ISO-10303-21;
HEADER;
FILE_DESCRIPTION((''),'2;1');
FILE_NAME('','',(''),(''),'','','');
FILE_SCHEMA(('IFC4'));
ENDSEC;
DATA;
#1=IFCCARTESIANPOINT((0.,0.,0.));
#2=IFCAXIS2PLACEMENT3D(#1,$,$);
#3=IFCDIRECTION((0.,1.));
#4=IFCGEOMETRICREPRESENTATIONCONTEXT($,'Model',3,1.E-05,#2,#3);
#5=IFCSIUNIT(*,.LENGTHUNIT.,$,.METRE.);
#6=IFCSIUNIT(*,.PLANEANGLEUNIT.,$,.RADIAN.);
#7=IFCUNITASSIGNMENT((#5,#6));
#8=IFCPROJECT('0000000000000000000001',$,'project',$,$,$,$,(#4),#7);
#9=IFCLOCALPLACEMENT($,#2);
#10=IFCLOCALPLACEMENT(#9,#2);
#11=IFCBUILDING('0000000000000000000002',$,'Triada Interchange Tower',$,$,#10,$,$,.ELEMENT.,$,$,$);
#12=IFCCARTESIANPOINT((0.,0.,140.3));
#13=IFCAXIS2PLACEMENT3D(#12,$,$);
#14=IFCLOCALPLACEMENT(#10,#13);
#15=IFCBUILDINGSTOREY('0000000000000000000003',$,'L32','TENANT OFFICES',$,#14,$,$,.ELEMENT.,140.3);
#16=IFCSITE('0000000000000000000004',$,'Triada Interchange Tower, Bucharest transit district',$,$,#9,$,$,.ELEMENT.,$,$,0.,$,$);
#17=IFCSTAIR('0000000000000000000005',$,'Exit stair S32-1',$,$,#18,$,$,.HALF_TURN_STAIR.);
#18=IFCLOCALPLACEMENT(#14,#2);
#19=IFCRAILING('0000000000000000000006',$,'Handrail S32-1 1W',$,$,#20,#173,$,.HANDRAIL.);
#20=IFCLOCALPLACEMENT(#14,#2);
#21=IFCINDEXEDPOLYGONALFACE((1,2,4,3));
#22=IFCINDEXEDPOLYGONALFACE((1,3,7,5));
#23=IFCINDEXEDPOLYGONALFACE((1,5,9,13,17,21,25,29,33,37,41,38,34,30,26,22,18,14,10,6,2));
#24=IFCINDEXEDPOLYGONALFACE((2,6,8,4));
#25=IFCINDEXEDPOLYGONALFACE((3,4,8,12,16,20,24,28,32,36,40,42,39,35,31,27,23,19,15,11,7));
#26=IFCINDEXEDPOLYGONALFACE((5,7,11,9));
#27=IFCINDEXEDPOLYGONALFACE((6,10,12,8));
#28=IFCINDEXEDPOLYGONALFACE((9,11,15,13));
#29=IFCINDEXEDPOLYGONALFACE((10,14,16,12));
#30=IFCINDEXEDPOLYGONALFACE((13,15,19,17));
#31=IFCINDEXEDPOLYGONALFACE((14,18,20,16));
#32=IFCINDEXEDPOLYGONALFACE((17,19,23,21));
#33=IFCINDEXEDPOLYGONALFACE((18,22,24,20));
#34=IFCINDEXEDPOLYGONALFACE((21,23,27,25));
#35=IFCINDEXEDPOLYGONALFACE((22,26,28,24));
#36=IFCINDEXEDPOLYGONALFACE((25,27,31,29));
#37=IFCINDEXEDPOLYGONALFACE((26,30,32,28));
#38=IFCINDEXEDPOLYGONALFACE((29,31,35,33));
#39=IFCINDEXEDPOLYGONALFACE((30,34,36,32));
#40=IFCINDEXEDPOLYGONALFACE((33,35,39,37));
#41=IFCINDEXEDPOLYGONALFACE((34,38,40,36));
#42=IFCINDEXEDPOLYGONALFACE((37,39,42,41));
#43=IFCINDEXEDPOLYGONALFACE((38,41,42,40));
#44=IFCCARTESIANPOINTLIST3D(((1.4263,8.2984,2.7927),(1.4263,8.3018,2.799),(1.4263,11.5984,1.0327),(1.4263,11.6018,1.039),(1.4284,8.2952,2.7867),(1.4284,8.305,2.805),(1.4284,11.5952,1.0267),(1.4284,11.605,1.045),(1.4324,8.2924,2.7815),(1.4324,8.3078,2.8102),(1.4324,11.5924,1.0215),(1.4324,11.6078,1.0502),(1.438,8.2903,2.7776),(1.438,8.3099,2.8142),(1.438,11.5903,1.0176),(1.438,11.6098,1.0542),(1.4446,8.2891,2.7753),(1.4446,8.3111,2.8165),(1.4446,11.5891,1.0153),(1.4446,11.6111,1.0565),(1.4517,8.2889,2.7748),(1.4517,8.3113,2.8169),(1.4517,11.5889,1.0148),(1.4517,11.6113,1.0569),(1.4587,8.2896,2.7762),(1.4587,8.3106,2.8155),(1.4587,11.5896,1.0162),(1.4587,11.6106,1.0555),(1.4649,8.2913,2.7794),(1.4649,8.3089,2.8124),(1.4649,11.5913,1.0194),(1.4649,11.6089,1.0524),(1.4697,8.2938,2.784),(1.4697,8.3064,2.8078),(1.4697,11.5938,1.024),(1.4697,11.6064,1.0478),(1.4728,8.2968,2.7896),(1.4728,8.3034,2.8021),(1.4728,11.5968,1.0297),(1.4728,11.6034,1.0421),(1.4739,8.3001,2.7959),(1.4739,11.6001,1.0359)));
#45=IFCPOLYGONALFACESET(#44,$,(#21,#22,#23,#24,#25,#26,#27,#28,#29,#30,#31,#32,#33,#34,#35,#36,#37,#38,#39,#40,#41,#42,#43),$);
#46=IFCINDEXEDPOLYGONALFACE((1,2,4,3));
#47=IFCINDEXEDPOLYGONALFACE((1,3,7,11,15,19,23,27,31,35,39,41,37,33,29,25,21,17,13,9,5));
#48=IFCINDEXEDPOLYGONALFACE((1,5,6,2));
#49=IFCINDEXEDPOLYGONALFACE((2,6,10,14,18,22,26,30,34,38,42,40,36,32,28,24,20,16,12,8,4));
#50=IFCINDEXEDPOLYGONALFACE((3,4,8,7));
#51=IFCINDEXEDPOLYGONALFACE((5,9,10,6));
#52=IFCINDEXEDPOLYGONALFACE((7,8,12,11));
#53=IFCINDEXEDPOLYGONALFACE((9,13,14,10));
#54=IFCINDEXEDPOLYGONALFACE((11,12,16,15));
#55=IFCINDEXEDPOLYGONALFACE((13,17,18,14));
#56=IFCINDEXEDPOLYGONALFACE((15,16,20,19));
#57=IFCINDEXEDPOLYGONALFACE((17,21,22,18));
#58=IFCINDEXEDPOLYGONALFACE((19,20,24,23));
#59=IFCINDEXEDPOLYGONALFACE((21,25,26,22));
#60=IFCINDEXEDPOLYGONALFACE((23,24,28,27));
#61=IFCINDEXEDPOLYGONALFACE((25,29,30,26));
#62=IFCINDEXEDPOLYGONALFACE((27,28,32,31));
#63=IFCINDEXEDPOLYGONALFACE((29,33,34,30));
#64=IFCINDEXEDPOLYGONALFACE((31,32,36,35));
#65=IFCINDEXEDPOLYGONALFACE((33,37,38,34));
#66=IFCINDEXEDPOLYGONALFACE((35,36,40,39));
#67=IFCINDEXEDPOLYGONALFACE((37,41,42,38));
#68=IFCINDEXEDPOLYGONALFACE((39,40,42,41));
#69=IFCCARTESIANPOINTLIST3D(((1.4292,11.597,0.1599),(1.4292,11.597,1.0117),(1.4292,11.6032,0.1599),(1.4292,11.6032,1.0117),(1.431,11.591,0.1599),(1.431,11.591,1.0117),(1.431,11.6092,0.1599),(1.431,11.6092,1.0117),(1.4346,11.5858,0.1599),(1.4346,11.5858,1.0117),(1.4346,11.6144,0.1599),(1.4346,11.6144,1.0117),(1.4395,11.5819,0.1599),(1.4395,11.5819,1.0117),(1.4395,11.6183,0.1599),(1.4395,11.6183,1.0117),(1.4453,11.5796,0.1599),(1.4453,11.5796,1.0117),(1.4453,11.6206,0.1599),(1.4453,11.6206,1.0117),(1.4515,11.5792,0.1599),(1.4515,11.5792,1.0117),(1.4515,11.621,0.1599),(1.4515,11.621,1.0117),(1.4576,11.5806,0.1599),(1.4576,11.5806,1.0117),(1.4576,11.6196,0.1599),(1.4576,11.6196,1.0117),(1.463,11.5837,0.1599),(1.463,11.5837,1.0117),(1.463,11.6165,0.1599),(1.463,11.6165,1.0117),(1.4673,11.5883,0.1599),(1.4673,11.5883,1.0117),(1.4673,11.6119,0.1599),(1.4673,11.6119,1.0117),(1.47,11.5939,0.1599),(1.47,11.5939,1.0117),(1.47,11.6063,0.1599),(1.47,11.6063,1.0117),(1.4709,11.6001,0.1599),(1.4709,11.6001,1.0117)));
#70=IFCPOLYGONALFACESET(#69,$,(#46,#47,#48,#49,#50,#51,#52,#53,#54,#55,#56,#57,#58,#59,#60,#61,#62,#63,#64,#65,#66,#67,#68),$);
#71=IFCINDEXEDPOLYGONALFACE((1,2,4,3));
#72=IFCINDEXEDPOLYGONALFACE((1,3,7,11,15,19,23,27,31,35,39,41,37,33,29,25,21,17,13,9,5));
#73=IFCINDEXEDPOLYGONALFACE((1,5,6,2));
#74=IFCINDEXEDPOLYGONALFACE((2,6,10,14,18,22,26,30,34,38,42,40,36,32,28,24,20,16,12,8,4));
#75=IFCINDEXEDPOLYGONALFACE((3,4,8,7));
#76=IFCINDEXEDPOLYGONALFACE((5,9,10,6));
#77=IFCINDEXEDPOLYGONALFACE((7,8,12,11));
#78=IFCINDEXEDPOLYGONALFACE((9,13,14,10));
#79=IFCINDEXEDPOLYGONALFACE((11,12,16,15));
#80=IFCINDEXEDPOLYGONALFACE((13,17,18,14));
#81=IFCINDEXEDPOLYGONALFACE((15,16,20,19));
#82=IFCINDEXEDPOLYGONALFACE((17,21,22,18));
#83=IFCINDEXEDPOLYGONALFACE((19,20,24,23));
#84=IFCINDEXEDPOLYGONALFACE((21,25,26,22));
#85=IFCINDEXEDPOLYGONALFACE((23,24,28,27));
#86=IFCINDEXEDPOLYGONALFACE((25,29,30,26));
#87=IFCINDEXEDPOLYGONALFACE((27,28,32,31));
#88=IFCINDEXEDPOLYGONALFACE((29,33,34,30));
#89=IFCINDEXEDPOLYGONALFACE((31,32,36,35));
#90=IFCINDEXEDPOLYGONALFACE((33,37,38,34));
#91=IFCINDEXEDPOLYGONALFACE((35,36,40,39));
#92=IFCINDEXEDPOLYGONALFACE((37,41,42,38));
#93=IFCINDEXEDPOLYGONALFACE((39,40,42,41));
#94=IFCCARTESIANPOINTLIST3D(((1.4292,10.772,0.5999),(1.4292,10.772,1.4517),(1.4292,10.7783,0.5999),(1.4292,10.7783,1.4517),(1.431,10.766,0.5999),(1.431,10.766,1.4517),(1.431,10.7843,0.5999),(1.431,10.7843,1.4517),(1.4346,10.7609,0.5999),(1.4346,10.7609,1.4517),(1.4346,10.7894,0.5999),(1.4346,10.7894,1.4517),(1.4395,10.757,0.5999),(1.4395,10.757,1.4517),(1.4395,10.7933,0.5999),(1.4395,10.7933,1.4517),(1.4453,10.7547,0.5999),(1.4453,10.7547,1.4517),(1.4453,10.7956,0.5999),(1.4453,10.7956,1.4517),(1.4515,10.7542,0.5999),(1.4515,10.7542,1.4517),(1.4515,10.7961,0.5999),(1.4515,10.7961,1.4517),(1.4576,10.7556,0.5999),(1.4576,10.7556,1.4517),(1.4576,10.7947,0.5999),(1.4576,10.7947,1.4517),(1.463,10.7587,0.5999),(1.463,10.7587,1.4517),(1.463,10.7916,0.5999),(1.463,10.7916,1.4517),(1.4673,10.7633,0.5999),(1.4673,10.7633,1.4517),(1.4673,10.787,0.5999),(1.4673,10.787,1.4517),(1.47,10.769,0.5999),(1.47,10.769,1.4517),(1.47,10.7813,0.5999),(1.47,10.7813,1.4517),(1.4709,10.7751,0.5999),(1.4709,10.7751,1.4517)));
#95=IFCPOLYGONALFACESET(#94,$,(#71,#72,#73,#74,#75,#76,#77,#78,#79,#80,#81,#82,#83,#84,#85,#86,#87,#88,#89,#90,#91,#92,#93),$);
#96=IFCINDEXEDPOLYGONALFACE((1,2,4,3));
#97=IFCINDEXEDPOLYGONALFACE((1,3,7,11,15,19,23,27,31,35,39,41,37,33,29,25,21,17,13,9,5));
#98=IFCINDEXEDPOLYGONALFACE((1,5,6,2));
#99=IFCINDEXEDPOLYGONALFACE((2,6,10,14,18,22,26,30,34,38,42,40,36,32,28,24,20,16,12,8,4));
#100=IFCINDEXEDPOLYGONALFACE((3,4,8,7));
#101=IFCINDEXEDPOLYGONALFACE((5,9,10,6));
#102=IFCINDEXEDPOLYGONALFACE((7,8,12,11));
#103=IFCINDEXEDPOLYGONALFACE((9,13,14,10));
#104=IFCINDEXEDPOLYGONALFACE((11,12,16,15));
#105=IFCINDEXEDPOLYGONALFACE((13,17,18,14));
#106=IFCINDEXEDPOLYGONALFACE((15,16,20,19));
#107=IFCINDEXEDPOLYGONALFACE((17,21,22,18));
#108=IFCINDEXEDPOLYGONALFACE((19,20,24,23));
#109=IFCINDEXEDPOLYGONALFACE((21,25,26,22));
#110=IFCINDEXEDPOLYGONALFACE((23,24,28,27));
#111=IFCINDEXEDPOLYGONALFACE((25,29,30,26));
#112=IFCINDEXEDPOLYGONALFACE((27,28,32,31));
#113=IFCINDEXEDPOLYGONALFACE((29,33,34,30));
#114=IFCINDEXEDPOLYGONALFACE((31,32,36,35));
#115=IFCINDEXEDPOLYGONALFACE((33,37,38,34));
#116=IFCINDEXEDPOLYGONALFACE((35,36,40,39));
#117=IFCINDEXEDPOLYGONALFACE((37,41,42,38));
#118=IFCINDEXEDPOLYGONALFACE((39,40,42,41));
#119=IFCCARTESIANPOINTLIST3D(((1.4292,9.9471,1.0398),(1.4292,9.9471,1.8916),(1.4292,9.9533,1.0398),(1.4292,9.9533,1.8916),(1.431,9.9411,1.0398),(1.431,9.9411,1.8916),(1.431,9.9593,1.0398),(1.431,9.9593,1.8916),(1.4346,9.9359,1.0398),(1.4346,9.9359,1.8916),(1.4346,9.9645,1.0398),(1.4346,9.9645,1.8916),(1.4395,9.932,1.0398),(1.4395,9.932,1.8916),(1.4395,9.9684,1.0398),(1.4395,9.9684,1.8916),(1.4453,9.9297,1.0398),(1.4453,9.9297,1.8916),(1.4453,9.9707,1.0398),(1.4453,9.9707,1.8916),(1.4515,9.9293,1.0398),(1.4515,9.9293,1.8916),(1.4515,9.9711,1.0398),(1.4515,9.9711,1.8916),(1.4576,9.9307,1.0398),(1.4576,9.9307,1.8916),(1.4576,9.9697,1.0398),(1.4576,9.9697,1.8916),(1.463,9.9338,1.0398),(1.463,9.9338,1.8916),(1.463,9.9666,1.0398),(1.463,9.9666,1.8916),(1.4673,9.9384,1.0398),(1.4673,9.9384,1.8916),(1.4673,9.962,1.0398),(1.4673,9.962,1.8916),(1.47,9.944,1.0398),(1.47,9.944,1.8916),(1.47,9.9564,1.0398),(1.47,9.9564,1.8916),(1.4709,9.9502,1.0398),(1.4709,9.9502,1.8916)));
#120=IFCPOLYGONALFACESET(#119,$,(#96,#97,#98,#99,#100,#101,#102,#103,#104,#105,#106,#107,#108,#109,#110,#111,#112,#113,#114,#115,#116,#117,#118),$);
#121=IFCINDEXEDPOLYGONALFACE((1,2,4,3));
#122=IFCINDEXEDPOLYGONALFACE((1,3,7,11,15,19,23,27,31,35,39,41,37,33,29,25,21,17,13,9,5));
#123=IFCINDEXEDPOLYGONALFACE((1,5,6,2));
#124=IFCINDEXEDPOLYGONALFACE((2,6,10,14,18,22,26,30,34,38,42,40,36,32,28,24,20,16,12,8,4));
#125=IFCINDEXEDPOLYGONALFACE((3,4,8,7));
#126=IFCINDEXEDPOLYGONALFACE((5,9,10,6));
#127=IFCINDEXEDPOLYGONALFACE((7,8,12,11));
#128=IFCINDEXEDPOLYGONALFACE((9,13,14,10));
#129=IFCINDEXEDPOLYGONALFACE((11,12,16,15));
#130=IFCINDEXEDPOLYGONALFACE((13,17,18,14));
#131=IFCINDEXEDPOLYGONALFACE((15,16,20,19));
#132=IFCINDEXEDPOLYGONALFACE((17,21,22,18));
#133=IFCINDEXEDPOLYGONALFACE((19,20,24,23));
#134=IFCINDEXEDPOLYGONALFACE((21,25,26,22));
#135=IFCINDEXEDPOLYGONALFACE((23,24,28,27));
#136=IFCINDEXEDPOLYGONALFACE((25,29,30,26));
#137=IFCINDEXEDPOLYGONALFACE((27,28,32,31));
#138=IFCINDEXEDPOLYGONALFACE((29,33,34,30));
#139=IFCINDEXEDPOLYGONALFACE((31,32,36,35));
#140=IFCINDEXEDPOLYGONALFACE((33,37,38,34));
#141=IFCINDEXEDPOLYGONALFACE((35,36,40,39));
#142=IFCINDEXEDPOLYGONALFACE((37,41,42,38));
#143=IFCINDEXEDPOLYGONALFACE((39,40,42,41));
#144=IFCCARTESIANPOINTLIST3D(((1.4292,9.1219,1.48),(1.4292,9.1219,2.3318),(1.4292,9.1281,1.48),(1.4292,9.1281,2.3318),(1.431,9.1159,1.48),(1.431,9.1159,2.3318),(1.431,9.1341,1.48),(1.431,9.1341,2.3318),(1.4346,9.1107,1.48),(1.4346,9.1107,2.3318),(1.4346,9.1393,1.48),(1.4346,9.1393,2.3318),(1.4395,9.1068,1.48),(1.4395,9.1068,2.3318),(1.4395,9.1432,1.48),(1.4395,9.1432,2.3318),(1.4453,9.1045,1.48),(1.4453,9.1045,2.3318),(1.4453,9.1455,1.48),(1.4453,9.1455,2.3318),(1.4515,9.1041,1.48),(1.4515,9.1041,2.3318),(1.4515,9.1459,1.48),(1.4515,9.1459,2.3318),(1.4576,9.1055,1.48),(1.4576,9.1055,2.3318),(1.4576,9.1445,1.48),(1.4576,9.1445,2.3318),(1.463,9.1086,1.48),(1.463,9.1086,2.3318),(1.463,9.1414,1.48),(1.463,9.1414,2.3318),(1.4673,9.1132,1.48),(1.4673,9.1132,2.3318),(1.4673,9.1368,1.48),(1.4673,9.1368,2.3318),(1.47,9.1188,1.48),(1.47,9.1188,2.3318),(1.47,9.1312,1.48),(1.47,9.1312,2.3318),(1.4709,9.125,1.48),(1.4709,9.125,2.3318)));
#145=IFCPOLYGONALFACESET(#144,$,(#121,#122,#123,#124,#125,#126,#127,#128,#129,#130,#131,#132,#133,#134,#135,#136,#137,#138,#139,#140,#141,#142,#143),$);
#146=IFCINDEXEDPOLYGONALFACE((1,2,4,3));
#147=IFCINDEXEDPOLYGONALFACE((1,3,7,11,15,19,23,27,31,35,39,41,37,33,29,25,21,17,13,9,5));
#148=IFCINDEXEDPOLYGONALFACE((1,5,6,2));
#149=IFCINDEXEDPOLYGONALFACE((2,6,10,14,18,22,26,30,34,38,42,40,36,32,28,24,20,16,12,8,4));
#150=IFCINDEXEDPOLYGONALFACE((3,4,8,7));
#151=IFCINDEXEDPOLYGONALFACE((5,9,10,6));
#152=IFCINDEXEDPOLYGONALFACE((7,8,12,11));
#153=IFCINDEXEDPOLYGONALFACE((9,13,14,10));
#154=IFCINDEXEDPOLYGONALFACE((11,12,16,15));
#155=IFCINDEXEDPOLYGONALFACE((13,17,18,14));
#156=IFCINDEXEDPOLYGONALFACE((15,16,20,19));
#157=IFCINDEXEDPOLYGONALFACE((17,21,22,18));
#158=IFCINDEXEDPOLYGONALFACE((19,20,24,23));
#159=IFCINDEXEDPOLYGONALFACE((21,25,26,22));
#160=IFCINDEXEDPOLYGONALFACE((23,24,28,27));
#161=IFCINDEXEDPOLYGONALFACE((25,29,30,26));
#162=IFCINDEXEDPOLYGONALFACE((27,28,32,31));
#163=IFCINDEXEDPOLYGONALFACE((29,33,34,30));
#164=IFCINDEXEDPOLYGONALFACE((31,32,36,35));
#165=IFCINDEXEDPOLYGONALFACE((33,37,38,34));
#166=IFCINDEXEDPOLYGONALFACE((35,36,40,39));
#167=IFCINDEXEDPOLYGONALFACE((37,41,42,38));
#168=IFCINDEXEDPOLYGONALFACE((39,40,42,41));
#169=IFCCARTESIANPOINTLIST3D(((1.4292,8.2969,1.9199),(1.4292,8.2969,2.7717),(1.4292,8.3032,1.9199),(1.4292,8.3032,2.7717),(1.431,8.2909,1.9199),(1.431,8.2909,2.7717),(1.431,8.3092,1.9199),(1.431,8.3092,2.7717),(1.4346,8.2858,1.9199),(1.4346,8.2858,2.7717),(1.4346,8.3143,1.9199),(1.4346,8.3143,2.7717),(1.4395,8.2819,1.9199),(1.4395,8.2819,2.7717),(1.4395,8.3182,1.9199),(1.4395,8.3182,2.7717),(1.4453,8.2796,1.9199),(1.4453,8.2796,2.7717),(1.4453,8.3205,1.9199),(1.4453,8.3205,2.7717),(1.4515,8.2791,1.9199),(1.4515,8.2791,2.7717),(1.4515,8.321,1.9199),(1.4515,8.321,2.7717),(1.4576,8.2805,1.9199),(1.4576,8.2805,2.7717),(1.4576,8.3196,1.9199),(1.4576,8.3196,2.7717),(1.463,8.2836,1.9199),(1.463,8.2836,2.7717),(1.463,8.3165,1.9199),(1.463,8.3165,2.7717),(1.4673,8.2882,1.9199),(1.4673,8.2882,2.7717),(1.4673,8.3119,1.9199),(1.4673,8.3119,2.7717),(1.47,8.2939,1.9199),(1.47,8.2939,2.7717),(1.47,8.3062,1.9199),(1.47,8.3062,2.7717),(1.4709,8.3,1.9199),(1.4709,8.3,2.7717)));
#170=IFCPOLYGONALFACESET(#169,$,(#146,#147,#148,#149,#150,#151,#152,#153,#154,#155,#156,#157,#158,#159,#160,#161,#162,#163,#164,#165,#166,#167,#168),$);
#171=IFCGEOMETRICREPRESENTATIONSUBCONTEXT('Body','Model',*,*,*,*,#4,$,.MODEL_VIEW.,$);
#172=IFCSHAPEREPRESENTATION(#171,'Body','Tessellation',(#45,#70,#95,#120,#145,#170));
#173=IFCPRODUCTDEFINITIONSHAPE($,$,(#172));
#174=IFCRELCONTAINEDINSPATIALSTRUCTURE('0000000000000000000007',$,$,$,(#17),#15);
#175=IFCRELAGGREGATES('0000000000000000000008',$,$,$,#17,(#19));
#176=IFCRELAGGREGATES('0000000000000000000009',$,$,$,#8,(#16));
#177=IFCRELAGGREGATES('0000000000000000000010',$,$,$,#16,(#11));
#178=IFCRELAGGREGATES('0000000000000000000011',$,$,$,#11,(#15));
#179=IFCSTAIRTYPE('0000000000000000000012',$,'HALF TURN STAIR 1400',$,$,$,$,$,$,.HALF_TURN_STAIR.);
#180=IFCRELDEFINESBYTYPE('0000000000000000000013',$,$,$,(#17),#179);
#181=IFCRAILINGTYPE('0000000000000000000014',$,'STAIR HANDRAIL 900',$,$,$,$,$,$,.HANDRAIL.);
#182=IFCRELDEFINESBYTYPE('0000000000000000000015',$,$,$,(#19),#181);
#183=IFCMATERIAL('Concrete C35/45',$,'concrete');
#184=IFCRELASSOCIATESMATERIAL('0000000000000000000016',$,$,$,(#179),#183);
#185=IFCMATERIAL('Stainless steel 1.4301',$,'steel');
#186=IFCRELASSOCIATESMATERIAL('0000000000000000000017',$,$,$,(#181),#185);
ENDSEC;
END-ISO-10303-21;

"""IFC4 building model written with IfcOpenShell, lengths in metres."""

from ifc_helpers import new_model, si_unit, direction, frame, origin, origin_2d, place, context, subcontext, project, spatial, circle, extrude, material, type_object, element, aggregate, save


model = new_model("IFC4")

# Units and contexts
model_context = context("Model", 3, precision=1e-05, world=origin(), true_north=direction((0.0, 1.0)))
body_context = subcontext(model_context, "Body", "Model", "MODEL_VIEW")
ifc_project = project(units=[si_unit("LENGTHUNIT", "METRE"), si_unit("PLANEANGLEUNIT", "RADIAN")], contexts=[model_context])

# Site, building, storey
site_placement = place(None, origin())
site = spatial("IfcSite", under=ifc_project, at=site_placement, Name="Triada Interchange Tower, Bucharest transit district", CompositionType="ELEMENT", RefElevation=0.0)
building_placement = place(site_placement, origin())
building = spatial("IfcBuilding", under=site, at=building_placement, Name="Triada Interchange Tower", CompositionType="ELEMENT")
storey_placement = place(building_placement, frame((0.0, 0.0, 140.3)))
storey = spatial("IfcBuildingStorey", under=building, at=storey_placement, Name="L32", Description="TENANT OFFICES", CompositionType="ELEMENT", Elevation=140.3)

# Stair
ifc_material_1 = material(Name="Concrete C35/45", Category="concrete")
stair_type = type_object("IfcStairType", Name="HALF TURN STAIR 1400", PredefinedType="HALF_TURN_STAIR", material=ifc_material_1)
stair_placement = place(storey_placement, origin())
stair = element("IfcStair", 1, at=stair_placement, inside=storey, type_object=stair_type, Name="Exit stair S32-1", PredefinedType="HALF_TURN_STAIR")

# Railing
ifc_material_2 = material(Name="Stainless steel 1.4301", Category="steel")
railing_type = type_object("IfcRailingType", Name="STAIR HANDRAIL 900", PredefinedType="HANDRAIL", material=ifc_material_2)
railing_1_placement = place(storey_placement, frame((1.45, 11.6001, 0.1599)))
railing_1 = element("IfcRailing", 2, at=railing_1_placement, type_object=railing_type, Name="Handrail S32-1 1W", PredefinedType="HANDRAIL", context=body_context, shape_type="SweptSolid", body=[
    extrude(circle(Radius=0.0239, at=origin_2d()), frame((0.0, 0.0, 0.876), z_axis=(0.0, -0.882355, 0.470585), x_axis=(1.0, 0.0, 0.0)), (0.0, 0.0, 1.0), 3.74),
    extrude(circle(Radius=0.021, at=origin_2d()), origin(), (0.0, 0.0, 1.0), 0.8518),
    extrude(circle(Radius=0.021, at=origin_2d()), frame((0.0, -0.825, 0.4399)), (0.0, 0.0, 1.0), 0.8518),
    extrude(circle(Radius=0.021, at=origin_2d()), frame((0.0, -1.6499, 0.8799)), (0.0, 0.0, 1.0), 0.8518),
    extrude(circle(Radius=0.021, at=origin_2d()), frame((0.0, -2.4751, 1.3201)), (0.0, 0.0, 1.0), 0.8518),
    extrude(circle(Radius=0.021, at=origin_2d()), frame((0.0, -3.3, 1.76)), (0.0, 0.0, 1.0), 0.8518),
])
aggregate(stair, [railing_1])

save(model, "model.ifc")
